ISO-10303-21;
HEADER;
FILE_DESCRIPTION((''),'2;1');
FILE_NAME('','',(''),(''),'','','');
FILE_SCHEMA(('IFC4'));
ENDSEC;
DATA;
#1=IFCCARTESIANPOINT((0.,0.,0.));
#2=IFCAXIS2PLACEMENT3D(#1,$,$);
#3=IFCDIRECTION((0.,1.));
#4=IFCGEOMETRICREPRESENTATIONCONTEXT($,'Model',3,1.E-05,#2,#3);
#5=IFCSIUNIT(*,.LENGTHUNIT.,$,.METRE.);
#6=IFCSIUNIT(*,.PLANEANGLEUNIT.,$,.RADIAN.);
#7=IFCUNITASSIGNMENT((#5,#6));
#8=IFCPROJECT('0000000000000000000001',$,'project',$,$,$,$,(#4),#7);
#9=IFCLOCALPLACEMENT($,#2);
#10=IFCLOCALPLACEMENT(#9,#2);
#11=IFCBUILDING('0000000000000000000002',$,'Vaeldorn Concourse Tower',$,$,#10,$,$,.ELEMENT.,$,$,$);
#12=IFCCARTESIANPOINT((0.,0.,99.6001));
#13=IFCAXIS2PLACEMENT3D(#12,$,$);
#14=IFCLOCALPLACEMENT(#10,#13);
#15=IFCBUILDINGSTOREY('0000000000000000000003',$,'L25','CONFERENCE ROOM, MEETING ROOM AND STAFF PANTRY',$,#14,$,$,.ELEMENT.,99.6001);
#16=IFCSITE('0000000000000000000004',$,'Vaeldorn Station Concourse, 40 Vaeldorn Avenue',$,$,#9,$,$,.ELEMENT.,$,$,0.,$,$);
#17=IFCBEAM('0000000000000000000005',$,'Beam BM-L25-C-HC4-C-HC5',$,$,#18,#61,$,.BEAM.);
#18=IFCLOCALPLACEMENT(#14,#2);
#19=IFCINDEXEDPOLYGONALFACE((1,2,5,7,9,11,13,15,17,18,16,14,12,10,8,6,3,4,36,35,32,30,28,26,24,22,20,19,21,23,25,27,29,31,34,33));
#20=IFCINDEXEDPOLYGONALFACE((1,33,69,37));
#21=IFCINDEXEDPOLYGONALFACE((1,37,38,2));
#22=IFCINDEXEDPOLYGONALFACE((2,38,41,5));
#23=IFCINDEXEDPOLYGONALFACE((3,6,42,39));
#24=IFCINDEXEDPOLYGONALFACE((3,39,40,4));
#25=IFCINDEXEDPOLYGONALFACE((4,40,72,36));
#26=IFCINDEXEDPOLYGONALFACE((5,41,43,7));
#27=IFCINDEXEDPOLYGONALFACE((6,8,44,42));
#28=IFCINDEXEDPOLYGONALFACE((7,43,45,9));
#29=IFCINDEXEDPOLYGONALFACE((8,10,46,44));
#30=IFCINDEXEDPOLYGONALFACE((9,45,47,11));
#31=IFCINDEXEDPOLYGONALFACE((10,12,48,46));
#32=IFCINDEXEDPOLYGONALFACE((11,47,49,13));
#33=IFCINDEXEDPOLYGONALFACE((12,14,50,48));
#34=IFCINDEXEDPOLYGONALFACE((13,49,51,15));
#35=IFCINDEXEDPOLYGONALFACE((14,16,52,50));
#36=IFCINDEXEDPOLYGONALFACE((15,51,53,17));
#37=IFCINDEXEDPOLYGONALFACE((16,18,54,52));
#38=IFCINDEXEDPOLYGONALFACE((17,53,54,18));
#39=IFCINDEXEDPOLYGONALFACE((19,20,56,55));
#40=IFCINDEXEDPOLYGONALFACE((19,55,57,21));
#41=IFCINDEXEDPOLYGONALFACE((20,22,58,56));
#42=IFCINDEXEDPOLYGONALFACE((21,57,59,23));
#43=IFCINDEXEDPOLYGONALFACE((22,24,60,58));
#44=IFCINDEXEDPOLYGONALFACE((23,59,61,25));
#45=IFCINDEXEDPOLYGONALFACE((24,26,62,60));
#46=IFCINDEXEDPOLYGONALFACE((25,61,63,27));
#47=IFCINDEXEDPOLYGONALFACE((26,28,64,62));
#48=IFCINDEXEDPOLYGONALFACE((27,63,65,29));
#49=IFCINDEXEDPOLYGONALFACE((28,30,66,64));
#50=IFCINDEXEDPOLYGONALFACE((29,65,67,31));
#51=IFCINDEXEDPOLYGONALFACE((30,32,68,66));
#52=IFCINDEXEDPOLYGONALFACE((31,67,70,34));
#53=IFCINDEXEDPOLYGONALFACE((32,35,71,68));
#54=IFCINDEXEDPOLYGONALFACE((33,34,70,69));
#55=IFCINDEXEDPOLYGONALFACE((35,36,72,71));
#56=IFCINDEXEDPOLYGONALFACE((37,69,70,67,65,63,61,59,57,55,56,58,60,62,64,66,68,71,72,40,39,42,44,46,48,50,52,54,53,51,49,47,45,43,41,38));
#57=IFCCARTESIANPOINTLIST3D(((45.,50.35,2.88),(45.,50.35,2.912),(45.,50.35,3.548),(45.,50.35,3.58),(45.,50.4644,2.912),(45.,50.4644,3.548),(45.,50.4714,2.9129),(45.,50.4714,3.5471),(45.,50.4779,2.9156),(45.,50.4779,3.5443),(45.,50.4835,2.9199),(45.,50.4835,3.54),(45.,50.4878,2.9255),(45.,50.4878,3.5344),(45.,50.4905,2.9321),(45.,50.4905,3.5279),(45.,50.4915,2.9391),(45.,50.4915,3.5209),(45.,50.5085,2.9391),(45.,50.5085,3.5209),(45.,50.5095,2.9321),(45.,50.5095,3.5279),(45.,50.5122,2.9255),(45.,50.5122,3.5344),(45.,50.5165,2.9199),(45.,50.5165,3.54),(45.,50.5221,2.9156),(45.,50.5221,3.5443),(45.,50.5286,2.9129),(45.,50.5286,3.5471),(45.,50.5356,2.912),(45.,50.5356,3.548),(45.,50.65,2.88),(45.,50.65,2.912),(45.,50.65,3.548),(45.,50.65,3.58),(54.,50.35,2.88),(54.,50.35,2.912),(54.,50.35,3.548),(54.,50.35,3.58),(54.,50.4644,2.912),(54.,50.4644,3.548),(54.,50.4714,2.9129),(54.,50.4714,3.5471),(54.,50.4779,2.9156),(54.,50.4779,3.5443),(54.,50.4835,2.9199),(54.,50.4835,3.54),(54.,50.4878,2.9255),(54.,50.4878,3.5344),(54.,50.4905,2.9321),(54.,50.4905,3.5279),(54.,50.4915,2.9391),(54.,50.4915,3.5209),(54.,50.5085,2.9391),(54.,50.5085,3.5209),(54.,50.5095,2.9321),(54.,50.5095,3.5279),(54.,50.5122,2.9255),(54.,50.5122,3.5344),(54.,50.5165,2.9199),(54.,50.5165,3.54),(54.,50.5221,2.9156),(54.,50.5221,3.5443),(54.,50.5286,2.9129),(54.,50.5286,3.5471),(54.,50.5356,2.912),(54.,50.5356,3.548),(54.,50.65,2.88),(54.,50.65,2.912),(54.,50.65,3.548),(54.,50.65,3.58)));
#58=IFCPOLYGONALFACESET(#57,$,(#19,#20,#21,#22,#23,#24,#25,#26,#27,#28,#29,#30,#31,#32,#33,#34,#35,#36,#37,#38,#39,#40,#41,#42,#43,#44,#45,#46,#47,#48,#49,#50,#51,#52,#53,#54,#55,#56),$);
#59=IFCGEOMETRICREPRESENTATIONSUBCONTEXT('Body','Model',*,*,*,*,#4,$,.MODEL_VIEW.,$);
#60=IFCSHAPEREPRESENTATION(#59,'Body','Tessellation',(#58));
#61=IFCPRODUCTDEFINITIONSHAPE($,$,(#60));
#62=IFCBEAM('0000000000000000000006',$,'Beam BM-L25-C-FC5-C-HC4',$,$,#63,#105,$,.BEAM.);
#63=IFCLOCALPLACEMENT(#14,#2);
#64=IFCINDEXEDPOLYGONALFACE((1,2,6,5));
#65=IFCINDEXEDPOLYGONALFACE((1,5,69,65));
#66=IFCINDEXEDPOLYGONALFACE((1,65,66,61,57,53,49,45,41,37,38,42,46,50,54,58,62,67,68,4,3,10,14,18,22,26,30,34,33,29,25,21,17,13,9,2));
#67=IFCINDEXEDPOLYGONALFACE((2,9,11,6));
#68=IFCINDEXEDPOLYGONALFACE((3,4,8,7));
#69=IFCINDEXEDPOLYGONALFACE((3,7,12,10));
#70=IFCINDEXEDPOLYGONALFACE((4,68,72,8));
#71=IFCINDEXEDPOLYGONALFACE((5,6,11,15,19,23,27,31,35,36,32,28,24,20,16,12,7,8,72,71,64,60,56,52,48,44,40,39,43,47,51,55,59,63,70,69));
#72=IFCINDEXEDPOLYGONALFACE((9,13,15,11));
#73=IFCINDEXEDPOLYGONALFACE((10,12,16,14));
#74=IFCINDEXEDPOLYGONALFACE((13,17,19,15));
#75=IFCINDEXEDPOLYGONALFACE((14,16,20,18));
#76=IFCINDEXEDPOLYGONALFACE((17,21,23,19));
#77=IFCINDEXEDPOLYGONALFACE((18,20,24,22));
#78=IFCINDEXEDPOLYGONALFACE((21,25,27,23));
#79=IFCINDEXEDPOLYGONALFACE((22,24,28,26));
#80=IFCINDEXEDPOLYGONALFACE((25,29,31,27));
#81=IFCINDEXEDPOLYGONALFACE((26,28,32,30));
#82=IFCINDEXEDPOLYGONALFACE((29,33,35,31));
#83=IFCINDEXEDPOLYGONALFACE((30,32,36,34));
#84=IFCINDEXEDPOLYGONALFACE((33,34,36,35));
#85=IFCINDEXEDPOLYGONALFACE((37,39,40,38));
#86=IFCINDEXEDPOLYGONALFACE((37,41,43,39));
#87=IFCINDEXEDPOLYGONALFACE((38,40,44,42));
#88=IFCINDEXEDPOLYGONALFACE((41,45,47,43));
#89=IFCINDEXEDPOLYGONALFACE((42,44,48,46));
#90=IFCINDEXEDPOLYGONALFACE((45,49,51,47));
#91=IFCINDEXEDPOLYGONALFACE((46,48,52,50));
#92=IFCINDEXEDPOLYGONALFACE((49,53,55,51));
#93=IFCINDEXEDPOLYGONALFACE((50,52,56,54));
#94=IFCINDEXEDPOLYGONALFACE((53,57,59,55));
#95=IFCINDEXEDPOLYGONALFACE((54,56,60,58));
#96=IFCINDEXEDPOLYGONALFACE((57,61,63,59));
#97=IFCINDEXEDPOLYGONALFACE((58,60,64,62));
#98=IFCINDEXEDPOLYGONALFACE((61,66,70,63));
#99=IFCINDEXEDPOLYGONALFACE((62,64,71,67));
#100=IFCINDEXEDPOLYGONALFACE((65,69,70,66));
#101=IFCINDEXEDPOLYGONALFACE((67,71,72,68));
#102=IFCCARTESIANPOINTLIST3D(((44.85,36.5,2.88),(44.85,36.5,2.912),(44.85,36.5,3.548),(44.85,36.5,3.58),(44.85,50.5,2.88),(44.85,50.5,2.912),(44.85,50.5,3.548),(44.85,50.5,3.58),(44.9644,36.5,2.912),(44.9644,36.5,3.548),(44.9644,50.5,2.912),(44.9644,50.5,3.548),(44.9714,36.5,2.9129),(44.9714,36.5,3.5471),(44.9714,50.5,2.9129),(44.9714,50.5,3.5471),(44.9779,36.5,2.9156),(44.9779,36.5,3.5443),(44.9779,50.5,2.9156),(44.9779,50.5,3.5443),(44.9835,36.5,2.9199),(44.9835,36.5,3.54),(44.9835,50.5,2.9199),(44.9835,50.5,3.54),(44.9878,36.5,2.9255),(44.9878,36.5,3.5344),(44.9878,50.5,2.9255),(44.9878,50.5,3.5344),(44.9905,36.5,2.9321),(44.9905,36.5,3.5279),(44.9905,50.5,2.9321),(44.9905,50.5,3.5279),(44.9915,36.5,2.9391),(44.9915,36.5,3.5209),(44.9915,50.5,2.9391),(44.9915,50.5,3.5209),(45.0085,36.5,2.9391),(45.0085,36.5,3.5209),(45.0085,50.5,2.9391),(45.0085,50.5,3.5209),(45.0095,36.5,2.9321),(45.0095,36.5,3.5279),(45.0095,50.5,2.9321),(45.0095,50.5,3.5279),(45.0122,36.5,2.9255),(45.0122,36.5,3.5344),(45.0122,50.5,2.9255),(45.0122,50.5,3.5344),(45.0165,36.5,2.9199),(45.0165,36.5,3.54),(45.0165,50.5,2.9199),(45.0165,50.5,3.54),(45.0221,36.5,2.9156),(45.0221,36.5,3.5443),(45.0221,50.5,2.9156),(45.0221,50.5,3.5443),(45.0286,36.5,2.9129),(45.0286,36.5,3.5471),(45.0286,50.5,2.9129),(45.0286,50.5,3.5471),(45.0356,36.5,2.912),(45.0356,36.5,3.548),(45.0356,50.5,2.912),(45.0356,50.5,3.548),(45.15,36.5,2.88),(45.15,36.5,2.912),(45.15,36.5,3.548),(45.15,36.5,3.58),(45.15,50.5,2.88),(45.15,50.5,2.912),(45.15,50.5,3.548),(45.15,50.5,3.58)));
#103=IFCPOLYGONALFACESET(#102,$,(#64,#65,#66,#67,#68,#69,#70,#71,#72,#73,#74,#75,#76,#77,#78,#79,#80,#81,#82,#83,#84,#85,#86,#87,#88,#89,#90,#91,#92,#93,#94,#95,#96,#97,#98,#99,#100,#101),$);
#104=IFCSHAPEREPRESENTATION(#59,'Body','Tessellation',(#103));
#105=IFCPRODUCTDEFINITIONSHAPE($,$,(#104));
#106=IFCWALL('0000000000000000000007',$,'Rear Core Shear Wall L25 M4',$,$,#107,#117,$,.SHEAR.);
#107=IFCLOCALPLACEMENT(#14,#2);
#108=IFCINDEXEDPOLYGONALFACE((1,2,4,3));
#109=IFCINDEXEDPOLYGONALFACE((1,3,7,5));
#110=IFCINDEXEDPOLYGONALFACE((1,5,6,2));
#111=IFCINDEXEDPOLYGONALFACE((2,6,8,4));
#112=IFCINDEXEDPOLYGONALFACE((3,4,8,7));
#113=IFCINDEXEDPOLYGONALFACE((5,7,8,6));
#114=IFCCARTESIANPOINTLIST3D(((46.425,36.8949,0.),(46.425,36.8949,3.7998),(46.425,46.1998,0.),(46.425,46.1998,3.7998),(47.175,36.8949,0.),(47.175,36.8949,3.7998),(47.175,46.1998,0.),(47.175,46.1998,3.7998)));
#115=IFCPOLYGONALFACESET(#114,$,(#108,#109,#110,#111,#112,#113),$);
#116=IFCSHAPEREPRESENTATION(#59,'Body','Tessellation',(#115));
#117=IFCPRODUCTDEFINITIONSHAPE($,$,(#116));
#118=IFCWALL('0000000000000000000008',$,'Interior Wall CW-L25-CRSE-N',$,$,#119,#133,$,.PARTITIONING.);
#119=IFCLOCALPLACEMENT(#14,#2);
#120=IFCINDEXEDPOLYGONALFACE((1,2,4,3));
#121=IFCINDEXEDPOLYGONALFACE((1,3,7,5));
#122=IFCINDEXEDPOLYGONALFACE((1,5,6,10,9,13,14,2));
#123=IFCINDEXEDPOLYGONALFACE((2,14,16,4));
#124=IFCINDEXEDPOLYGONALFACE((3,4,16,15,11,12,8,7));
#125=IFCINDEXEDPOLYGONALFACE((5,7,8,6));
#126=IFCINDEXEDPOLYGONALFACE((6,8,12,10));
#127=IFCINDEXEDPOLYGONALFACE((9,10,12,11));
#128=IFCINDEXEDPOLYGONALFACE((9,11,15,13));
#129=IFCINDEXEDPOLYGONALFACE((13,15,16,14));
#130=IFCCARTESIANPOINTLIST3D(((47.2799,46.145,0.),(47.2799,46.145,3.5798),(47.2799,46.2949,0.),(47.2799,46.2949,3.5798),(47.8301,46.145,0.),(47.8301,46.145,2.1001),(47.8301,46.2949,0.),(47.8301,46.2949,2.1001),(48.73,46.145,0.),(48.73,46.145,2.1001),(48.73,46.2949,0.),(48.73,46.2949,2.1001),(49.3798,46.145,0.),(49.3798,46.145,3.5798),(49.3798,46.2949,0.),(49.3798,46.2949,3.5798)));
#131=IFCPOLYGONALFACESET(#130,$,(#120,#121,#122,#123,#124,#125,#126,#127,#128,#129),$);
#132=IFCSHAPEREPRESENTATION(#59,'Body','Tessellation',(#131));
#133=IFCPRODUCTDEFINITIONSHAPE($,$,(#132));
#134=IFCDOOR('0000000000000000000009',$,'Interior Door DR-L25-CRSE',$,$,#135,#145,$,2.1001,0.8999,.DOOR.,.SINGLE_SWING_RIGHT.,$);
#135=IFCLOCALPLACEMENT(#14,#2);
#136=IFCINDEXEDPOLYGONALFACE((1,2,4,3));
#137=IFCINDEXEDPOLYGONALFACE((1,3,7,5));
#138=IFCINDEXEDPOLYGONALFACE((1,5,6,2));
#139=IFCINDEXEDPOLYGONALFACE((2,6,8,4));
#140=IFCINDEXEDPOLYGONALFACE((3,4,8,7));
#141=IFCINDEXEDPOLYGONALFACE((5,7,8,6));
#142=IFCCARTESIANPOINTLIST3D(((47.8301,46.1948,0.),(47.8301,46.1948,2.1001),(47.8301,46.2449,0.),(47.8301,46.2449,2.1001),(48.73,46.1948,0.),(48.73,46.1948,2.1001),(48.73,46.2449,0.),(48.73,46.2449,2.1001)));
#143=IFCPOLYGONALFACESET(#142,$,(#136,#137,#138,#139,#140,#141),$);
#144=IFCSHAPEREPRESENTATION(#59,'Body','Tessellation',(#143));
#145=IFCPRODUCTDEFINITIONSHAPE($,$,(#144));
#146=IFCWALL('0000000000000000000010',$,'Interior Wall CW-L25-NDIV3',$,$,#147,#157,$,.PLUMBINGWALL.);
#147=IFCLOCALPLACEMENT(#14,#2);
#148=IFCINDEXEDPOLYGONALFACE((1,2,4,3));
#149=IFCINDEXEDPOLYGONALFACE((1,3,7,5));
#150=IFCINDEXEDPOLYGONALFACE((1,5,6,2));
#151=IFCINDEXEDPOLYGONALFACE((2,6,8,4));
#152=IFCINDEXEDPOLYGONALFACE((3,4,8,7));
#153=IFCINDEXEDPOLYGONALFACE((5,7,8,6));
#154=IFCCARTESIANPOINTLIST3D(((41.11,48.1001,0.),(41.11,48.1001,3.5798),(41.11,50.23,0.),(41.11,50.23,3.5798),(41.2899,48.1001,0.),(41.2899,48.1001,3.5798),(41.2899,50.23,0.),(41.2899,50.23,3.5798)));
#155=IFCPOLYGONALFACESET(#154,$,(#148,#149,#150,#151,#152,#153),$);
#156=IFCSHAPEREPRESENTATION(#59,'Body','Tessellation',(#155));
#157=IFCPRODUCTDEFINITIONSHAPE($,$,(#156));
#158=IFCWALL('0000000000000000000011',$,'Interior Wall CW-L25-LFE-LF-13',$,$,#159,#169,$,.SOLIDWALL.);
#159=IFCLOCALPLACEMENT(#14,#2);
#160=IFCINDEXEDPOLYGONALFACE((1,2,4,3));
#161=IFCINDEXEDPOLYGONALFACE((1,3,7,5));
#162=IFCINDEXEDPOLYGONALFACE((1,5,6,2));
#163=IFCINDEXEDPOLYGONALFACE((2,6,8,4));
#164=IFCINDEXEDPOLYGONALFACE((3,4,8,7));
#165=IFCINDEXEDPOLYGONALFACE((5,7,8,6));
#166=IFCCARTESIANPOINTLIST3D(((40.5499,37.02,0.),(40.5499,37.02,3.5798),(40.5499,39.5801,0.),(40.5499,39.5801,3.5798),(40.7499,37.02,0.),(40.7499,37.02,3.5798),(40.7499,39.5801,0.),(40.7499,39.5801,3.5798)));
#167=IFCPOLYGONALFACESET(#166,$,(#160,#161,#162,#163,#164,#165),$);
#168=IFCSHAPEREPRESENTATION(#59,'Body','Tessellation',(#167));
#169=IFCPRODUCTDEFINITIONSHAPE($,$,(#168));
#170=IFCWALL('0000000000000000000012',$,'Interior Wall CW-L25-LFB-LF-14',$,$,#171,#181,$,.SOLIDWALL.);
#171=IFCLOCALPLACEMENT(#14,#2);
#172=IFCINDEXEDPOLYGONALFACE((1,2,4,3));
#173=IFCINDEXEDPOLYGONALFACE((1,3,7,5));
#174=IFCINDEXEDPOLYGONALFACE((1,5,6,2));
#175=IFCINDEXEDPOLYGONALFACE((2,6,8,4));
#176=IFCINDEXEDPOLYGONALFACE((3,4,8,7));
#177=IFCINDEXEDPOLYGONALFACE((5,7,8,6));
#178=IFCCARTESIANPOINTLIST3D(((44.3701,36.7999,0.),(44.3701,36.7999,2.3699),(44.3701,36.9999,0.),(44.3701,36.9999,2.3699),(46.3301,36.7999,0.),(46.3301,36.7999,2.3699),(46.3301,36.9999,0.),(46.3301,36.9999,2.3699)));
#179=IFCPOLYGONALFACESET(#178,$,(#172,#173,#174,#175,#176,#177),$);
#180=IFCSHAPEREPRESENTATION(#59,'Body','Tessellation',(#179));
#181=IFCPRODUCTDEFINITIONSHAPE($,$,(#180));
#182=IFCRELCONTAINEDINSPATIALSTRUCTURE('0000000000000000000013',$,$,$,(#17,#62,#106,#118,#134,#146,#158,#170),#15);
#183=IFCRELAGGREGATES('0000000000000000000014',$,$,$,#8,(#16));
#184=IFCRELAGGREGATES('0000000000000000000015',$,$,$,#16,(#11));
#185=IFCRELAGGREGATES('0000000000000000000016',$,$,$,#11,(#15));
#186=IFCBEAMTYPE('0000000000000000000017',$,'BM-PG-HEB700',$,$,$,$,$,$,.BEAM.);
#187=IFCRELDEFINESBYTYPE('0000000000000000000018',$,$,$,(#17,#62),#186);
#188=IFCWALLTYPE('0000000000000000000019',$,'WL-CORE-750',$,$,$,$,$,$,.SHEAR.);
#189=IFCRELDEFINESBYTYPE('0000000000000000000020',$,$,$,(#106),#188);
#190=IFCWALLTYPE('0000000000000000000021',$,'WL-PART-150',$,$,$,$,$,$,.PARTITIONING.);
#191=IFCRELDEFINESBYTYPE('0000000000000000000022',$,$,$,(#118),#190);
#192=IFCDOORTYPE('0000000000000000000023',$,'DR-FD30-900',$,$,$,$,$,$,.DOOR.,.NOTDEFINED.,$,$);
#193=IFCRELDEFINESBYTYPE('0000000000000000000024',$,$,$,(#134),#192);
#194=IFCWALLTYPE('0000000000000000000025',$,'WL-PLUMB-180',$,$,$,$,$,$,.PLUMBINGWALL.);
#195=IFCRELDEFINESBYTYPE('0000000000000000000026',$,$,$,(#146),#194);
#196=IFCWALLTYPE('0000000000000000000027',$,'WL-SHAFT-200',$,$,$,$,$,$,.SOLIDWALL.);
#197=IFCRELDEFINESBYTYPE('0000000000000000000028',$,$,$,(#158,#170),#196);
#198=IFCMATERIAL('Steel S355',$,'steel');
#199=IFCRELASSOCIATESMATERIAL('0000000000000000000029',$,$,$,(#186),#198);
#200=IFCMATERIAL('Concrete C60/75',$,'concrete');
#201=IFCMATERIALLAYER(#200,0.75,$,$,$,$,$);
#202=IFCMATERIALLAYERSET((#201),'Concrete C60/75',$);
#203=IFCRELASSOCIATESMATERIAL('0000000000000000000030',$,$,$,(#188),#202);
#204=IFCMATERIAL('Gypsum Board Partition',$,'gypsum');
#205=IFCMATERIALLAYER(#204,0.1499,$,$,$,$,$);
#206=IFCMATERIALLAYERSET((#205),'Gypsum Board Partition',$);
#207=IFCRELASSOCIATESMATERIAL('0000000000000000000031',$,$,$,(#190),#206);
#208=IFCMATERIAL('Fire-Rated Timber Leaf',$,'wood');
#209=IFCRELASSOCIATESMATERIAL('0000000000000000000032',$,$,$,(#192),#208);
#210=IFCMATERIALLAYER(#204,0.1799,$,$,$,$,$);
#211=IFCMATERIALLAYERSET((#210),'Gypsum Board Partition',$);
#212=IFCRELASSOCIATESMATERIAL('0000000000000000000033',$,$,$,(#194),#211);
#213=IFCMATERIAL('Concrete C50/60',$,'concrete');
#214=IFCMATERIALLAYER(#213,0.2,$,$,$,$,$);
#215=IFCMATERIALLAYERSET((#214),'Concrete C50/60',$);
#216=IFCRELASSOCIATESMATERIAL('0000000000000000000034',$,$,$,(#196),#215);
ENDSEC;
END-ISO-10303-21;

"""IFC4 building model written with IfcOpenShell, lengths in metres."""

from ifc_helpers import new_model, si_unit, direction, frame, frame_2d, origin, origin_2d, place, context, subcontext, project, spatial, rectangle, i_section, extrude, source, transform, mapped, material, layer, layer_set, material_profile, profile_set, type_object, element, fill, save


model = new_model("IFC4")

# Units and contexts
model_context = context("Model", 3, precision=1e-05, world=origin(), true_north=direction((0.0, 1.0)))
body_context = subcontext(model_context, "Body", "Model", "MODEL_VIEW")
ifc_project = project(units=[si_unit("LENGTHUNIT", "METRE"), si_unit("PLANEANGLEUNIT", "RADIAN")], contexts=[model_context])

# Site, building, storey
site_placement = place(None, origin())
site = spatial("IfcSite", under=ifc_project, at=site_placement, Name="Vaeldorn Station Concourse, 40 Vaeldorn Avenue", CompositionType="ELEMENT", RefElevation=0.0)
building_placement = place(site_placement, origin())
building = spatial("IfcBuilding", under=site, at=building_placement, Name="Vaeldorn Concourse Tower", CompositionType="ELEMENT")
storey_placement = place(building_placement, frame((0.0, 0.0, 99.6001)))
storey = spatial("IfcBuildingStorey", under=building, at=storey_placement, Name="L25", Description="CONFERENCE ROOM, MEETING ROOM AND STAFF PANTRY", CompositionType="ELEMENT", Elevation=99.6001)

# Beams
ifc_material_1 = material(Name="Concrete C60/75", Category="concrete")
ifc_material_2 = material(Name="Steel S355", Category="steel")
ifc_material_profile_1 = material_profile(ifc_material_2, i_section(OverallWidth=0.3, OverallDepth=0.7, WebThickness=0.0171, FlangeThickness=0.032, FilletRadius=0.0271, at=origin_2d()), Name="HEB 700")
ifc_profile_set_1 = profile_set([ifc_material_profile_1], Name="Steel S355")
beam_type_1 = type_object("IfcBeamType", Name="BM-PG-HEB700", PredefinedType="BEAM", material=ifc_profile_set_1)
shared_shape_1 = source(origin(), body_context, "Body", "SweptSolid", [
    extrude(i_section(OverallWidth=0.3, OverallDepth=0.7, WebThickness=0.0171, FlangeThickness=0.032, FilletRadius=0.0271, at=origin_2d()), origin(), (0.0, 0.0, 1.0), 9.0),
])
beam_1_placement = place(storey_placement, frame((45.0, 50.5, 3.23), z_axis=(1.0, 0.0, 0.0), x_axis=(0.0, 1.0, 0.0)))
element("IfcBeam", 1, at=beam_1_placement, inside=storey, type_object=beam_type_1, Name="Beam BM-L25-C-HC4-C-HC5", PredefinedType="BEAM", context=body_context, shape_type="MappedRepresentation", body=[
    mapped(shared_shape_1, transform((0.0, 0.0, 0.0), scale=1.0)),
])
shared_shape_2 = source(origin(), body_context, "Body", "SweptSolid", [
    extrude(i_section(OverallWidth=0.3, OverallDepth=0.7, WebThickness=0.0171, FlangeThickness=0.032, FilletRadius=0.0271, at=origin_2d()), origin(), (0.0, 0.0, 1.0), 14.0),
])
beam_2_placement = place(storey_placement, frame((45.0, 36.5, 3.23), z_axis=(0.0, 1.0, 0.0), x_axis=(-1.0, 0.0, 0.0)))
element("IfcBeam", 2, at=beam_2_placement, inside=storey, type_object=beam_type_1, Name="Beam BM-L25-C-FC5-C-HC4", PredefinedType="BEAM", context=body_context, shape_type="MappedRepresentation", body=[
    mapped(shared_shape_2, transform((0.0, 0.0, 0.0), scale=1.0)),
])

# Wall
ifc_layer_1 = layer(ifc_material_1, 0.75)
ifc_layer_set_1 = layer_set([ifc_layer_1], Name="Concrete C60/75")
wall_type_1 = type_object("IfcWallType", Name="WL-CORE-750", PredefinedType="SHEAR", material=ifc_layer_set_1)
wall_1_placement = place(storey_placement, frame((46.8, 36.895, 0.0), z_axis=(0.0, 0.0, 1.0), x_axis=(0.0, 1.0, 0.0)))
element("IfcWall", 3, at=wall_1_placement, inside=storey, type_object=wall_type_1, Name="Rear Core Shear Wall L25 M4", PredefinedType="SHEAR", context=body_context, shape_type="SweptSolid", body=[
    extrude(rectangle(XDim=9.3049, YDim=0.75, at=frame_2d((4.6523, 0.0))), origin(), (0.0, 0.0, 1.0), 3.7998),
])

# Wall, opening, door
ifc_material_3 = material(Name="Gypsum Board Partition", Category="gypsum")
ifc_layer_2 = layer(ifc_material_3, 0.1499)
ifc_layer_set_2 = layer_set([ifc_layer_2], Name="Gypsum Board Partition")
wall_type_2 = type_object("IfcWallType", Name="WL-PART-150", PredefinedType="PARTITIONING", material=ifc_layer_set_2)
wall_2_placement = place(storey_placement, frame((47.28, 46.22, 0.0), z_axis=(0.0, 0.0, 1.0), x_axis=(1.0, 0.0, 0.0)))
wall_2 = element("IfcWall", 4, at=wall_2_placement, inside=storey, type_object=wall_type_2, Name="Interior Wall CW-L25-CRSE-N", PredefinedType="PARTITIONING", context=body_context, shape_type="SweptSolid", body=[
    extrude(rectangle(XDim=2.0999, YDim=0.1499, at=frame_2d((1.0498, 0.0))), origin(), (0.0, 0.0, 1.0), 3.5798),
])
opening_1_placement = place(wall_2_placement, frame((0.55, 0.0, 0.0)))
opening_1 = element("IfcOpeningElement", 5, at=opening_1_placement, cuts=wall_2, PredefinedType="OPENING", context=body_context, shape_type="SweptSolid", body=[
    extrude(rectangle(XDim=0.8999, YDim=2.1001, at=frame_2d((0.45, 1.05))), frame((0.0, 0.085, 0.0), z_axis=(0.0, -1.0, 0.0), x_axis=(1.0, 0.0, 0.0)), (0.0, 0.0, 1.0), 0.1699),
])
ifc_material_4 = material(Name="Fire-Rated Timber Leaf", Category="wood")
door_type_1 = type_object("IfcDoorType", Name="DR-FD30-900", OperationType="NOTDEFINED", PredefinedType="DOOR", material=ifc_material_4)
shared_shape_3 = source(origin(), body_context, "Body", "SweptSolid", [
    extrude(rectangle(XDim=0.8999, YDim=2.1001, at=frame_2d((0.45, 1.05))), frame((0.0, 0.0249, 0.0), z_axis=(0.0, -1.0, 0.0), x_axis=(1.0, 0.0, 0.0)), (0.0, 0.0, 1.0), 0.05),
])
door_1_placement = place(opening_1_placement, origin())
door_1 = element("IfcDoor", 6, at=door_1_placement, inside=storey, type_object=door_type_1, Name="Interior Door DR-L25-CRSE", OperationType="SINGLE_SWING_RIGHT", OverallHeight=2.1001, OverallWidth=0.8999, PredefinedType="DOOR", context=body_context, shape_type="MappedRepresentation", body=[
    mapped(shared_shape_3, transform((0.0, 0.0, 0.0), scale=1.0)),
])
fill(opening_1, door_1)

# Wall
ifc_layer_3 = layer(ifc_material_3, 0.1799)
ifc_layer_set_3 = layer_set([ifc_layer_3], Name="Gypsum Board Partition")
wall_type_3 = type_object("IfcWallType", Name="WL-PLUMB-180", PredefinedType="PLUMBINGWALL", material=ifc_layer_set_3)
wall_3_placement = place(storey_placement, frame((41.2, 48.1001, 0.0), z_axis=(0.0, 0.0, 1.0), x_axis=(0.0, 1.0, 0.0)))
element("IfcWall", 7, at=wall_3_placement, inside=storey, type_object=wall_type_3, Name="Interior Wall CW-L25-NDIV3", PredefinedType="PLUMBINGWALL", context=body_context, shape_type="SweptSolid", body=[
    extrude(rectangle(XDim=2.1299, YDim=0.1799, at=frame_2d((1.0649, 0.0))), origin(), (0.0, 0.0, 1.0), 3.5798),
])

# Shared definitions
ifc_material_5 = material(Name="Concrete C50/60", Category="concrete")
ifc_layer_4 = layer(ifc_material_5, 0.2)
ifc_layer_set_4 = layer_set([ifc_layer_4], Name="Concrete C50/60")
wall_type_4 = type_object("IfcWallType", Name="WL-SHAFT-200", PredefinedType="SOLIDWALL", material=ifc_layer_set_4)

# Wall
wall_4_placement = place(storey_placement, frame((40.6499, 37.02, 0.0), z_axis=(0.0, 0.0, 1.0), x_axis=(0.0, 1.0, 0.0)))
element("IfcWall", 8, at=wall_4_placement, inside=storey, type_object=wall_type_4, Name="Interior Wall CW-L25-LFE-LF-13", PredefinedType="SOLIDWALL", context=body_context, shape_type="SweptSolid", body=[
    extrude(rectangle(XDim=2.5601, YDim=0.2, at=frame_2d((1.28, 0.0))), origin(), (0.0, 0.0, 1.0), 3.5798),
])

# Wall
wall_5_placement = place(storey_placement, frame((44.3701, 36.8999, 0.0), z_axis=(0.0, 0.0, 1.0), x_axis=(1.0, 0.0, 0.0)))
element("IfcWall", 9, at=wall_5_placement, inside=storey, type_object=wall_type_4, Name="Interior Wall CW-L25-LFB-LF-14", PredefinedType="SOLIDWALL", context=body_context, shape_type="SweptSolid", body=[
    extrude(rectangle(XDim=1.96, YDim=0.2, at=frame_2d((0.98, 0.0))), origin(), (0.0, 0.0, 1.0), 2.3699),
])

save(model, "model.ifc")
